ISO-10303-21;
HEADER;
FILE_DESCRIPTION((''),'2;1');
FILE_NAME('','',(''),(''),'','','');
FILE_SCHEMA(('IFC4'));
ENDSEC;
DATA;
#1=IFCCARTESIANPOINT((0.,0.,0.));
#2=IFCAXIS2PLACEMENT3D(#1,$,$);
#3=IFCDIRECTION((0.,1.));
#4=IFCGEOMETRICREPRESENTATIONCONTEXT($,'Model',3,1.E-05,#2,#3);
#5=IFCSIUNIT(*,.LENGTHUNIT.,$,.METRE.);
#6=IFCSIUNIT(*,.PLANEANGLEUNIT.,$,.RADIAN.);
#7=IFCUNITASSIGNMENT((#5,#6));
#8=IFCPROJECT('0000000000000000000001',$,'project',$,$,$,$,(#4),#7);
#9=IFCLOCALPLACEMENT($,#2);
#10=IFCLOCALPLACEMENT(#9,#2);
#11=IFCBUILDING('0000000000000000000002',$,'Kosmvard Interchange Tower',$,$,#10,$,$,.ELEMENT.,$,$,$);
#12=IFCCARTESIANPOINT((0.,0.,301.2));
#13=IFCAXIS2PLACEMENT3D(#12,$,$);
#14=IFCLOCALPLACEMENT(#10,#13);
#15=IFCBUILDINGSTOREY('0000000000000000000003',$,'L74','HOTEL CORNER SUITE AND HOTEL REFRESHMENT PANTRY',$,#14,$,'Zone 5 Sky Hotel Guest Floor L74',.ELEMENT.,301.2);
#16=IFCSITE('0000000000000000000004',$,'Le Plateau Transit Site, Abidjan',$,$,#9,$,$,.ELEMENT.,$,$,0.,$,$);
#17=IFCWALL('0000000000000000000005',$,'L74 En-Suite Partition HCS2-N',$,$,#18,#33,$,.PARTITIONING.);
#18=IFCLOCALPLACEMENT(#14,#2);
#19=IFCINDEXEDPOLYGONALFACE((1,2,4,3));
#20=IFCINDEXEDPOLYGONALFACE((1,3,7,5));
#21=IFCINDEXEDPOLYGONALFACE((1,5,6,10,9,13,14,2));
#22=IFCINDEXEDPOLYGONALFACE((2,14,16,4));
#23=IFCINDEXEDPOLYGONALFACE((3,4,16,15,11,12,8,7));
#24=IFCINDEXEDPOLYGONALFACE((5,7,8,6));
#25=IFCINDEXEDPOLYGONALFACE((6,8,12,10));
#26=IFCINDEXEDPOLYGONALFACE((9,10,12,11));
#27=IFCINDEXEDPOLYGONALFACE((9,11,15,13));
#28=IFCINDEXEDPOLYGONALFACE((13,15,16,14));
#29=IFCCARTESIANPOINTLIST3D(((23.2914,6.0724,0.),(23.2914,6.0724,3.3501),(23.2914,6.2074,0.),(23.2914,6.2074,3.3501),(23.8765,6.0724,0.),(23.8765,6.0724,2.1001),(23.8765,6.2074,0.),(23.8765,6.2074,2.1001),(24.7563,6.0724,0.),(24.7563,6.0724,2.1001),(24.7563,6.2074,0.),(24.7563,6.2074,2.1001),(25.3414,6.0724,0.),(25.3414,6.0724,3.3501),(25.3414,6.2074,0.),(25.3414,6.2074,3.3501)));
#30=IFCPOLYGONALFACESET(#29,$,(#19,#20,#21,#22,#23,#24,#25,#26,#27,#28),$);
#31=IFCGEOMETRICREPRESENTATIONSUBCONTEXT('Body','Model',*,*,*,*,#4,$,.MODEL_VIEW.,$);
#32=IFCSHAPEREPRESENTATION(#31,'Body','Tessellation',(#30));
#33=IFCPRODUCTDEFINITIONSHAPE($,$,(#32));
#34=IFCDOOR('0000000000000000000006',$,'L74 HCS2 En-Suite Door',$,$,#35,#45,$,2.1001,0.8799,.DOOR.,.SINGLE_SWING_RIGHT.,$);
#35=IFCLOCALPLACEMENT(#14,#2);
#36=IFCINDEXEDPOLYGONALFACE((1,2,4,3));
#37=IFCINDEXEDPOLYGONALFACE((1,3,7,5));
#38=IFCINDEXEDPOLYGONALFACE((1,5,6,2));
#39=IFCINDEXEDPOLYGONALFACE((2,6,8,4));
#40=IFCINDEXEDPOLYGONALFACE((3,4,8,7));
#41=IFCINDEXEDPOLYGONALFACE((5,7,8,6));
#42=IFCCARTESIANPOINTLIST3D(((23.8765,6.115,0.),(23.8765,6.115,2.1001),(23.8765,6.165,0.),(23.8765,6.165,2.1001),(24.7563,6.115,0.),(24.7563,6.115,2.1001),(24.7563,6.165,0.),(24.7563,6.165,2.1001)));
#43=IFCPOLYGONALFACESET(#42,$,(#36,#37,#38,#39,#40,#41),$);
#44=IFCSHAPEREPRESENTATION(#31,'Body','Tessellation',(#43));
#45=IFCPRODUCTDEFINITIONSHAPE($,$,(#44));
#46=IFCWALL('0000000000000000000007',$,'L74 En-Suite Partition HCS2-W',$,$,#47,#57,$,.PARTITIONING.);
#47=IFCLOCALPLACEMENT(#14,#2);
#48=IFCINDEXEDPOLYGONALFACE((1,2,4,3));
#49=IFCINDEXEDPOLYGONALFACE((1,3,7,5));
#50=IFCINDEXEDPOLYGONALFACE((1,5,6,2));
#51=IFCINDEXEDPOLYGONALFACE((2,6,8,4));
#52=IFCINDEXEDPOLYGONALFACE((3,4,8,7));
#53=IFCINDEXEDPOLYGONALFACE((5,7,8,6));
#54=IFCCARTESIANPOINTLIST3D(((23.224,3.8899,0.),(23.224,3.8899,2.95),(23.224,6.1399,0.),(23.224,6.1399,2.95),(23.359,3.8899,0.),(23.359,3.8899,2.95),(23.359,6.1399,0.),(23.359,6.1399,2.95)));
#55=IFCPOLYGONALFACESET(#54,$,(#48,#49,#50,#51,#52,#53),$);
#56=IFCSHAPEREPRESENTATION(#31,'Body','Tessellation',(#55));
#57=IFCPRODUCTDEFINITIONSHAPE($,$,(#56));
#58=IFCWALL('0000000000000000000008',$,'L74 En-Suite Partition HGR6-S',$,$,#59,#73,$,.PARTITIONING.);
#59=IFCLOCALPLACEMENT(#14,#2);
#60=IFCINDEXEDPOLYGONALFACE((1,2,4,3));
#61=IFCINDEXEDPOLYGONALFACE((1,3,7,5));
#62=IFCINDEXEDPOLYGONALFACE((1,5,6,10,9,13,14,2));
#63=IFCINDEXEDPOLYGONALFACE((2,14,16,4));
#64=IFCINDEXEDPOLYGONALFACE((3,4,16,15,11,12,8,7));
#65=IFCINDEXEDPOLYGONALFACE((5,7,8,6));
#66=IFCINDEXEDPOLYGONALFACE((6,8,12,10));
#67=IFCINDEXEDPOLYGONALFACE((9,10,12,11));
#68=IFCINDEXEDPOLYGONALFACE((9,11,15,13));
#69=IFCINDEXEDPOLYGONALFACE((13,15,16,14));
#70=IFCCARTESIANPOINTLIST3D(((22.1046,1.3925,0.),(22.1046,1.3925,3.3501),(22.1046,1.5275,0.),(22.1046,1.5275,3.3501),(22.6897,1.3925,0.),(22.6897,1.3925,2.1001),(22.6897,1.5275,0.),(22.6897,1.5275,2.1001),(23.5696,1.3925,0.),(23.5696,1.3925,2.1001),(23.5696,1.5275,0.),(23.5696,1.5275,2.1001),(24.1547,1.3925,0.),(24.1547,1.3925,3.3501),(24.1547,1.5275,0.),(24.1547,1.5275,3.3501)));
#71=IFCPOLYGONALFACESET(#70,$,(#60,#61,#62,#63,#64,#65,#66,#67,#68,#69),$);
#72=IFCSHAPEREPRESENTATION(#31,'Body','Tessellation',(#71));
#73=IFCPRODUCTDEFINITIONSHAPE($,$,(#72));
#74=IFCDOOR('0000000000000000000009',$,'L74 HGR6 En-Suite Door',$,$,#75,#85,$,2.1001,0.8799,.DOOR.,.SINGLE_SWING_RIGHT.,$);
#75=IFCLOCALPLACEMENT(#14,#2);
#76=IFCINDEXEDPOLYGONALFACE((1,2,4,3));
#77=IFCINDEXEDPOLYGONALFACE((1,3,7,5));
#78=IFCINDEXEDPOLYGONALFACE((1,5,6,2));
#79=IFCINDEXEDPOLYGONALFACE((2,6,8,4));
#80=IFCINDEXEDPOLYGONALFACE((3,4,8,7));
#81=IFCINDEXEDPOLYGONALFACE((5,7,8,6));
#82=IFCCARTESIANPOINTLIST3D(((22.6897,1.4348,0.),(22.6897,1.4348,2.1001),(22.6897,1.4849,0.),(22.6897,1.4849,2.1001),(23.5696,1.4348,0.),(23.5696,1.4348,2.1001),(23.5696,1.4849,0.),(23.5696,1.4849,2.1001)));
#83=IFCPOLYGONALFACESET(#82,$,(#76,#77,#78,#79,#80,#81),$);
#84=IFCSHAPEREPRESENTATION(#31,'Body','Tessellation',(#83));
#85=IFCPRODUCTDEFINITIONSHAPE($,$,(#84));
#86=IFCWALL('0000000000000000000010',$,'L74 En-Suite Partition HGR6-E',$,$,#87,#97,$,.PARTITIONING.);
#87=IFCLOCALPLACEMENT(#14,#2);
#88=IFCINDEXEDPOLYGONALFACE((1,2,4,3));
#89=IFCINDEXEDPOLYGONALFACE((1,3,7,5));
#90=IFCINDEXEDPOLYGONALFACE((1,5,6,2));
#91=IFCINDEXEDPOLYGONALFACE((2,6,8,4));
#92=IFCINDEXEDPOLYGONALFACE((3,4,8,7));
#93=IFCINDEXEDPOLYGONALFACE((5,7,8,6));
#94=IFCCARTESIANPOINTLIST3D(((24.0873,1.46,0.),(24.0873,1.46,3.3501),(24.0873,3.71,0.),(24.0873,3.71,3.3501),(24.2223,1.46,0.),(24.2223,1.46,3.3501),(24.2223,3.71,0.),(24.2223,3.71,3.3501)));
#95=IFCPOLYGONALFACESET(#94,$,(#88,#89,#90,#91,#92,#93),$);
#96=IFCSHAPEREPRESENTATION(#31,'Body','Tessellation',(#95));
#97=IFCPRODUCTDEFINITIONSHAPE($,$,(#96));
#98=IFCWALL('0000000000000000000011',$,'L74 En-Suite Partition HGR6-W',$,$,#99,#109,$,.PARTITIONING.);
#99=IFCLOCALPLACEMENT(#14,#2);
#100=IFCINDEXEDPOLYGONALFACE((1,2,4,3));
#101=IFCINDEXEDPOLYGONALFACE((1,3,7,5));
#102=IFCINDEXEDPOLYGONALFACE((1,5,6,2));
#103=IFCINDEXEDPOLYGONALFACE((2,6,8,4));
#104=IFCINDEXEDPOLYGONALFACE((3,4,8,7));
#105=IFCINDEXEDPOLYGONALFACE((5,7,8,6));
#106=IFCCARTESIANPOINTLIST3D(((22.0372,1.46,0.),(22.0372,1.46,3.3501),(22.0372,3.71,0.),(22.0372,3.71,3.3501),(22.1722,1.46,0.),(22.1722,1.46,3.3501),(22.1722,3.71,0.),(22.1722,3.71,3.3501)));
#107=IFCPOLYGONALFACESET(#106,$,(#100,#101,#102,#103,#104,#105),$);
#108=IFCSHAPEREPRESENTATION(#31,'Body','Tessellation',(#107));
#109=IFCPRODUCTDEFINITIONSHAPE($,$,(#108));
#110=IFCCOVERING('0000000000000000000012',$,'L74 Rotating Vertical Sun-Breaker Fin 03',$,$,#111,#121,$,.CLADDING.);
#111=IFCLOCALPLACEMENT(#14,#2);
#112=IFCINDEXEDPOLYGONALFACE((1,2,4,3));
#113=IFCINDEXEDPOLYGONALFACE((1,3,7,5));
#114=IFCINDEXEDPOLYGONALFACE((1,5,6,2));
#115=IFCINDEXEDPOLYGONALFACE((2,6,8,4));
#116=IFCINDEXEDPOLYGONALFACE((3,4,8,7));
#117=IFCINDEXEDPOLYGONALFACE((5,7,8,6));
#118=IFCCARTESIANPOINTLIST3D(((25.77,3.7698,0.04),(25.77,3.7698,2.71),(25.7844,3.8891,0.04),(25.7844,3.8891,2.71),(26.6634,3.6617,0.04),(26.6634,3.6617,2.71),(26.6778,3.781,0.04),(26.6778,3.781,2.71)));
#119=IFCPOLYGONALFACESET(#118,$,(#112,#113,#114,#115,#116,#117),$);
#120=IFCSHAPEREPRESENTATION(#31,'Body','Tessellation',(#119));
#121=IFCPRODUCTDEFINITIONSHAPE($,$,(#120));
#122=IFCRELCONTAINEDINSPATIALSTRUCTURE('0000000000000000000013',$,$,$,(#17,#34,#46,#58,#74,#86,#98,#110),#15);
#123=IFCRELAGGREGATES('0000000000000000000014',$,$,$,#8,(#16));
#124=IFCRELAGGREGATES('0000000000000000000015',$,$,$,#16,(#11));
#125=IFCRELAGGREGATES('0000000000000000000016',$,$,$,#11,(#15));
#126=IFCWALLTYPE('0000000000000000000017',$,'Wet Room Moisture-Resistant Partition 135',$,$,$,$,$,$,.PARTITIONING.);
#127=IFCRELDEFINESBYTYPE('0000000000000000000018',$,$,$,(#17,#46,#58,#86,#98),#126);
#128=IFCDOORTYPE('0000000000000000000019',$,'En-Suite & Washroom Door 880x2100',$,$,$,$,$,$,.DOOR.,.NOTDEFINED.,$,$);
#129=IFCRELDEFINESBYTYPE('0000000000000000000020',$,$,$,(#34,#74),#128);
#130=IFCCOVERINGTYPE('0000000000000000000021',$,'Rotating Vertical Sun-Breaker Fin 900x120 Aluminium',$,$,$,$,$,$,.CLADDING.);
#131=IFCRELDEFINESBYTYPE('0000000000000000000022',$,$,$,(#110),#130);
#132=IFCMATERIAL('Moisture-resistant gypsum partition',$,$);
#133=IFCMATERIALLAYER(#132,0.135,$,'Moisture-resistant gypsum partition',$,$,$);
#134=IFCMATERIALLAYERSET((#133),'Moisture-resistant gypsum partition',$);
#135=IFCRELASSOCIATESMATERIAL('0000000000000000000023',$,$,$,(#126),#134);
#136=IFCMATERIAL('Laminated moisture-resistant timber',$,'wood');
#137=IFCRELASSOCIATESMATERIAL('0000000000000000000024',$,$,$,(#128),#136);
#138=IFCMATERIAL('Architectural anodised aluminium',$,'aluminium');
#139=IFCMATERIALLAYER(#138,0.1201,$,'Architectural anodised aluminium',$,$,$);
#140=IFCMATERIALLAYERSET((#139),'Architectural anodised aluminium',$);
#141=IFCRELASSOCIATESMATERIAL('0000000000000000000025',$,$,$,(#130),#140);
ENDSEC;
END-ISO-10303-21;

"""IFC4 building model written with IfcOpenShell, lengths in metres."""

from ifc_helpers import new_model, si_unit, direction, frame, frame_2d, origin, origin_2d, place, context, subcontext, project, spatial, rectangle, extrude, source, transform, mapped, material, layer, layer_set, type_object, element, fill, save


model = new_model("IFC4")

# Units and contexts
model_context = context("Model", 3, precision=1e-05, world=origin(), true_north=direction((0.0, 1.0)))
body_context = subcontext(model_context, "Body", "Model", "MODEL_VIEW")
ifc_project = project(units=[si_unit("LENGTHUNIT", "METRE"), si_unit("PLANEANGLEUNIT", "RADIAN")], contexts=[model_context])

# Site, building, storey
site_placement = place(None, origin())
site = spatial("IfcSite", under=ifc_project, at=site_placement, Name="Le Plateau Transit Site, Abidjan", CompositionType="ELEMENT", RefElevation=0.0)
building_placement = place(site_placement, origin())
building = spatial("IfcBuilding", under=site, at=building_placement, Name="Kosmvard Interchange Tower", CompositionType="ELEMENT")
storey_placement = place(building_placement, frame((0.0, 0.0, 301.2)))
storey = spatial("IfcBuildingStorey", under=building, at=storey_placement, Name="L74", Description="HOTEL CORNER SUITE AND HOTEL REFRESHMENT PANTRY", LongName="Zone 5 Sky Hotel Guest Floor L74", CompositionType="ELEMENT", Elevation=301.2)

# Shared definitions
ifc_material_1 = material(Name="Moisture-resistant gypsum partition")
ifc_layer_1 = layer(ifc_material_1, 0.135, Name="Moisture-resistant gypsum partition")
ifc_layer_set_1 = layer_set([ifc_layer_1], Name="Moisture-resistant gypsum partition")
wall_type_1 = type_object("IfcWallType", Name="Wet Room Moisture-Resistant Partition 135", PredefinedType="PARTITIONING", material=ifc_layer_set_1)

# Wall, opening, door
wall_1_placement = place(storey_placement, frame((23.2915, 6.1399, 0.0), z_axis=(0.0, 0.0, 1.0), x_axis=(1.0, 0.0, 0.0)))
wall_1 = element("IfcWall", 1, at=wall_1_placement, inside=storey, type_object=wall_type_1, Name="L74 En-Suite Partition HCS2-N", PredefinedType="PARTITIONING", context=body_context, shape_type="SweptSolid", body=[
    extrude(rectangle(XDim=2.05, YDim=0.135, at=frame_2d((1.0249, 0.0))), origin(), (0.0, 0.0, 1.0), 3.3501),
])
opening_1_placement = place(wall_1_placement, frame((0.585, 0.0, 0.0)))
opening_1 = element("IfcOpeningElement", 2, at=opening_1_placement, cuts=wall_1, PredefinedType="OPENING", context=body_context, shape_type="SweptSolid", body=[
    extrude(rectangle(XDim=0.8799, YDim=2.1001, at=frame_2d((0.4399, 1.05))), frame((0.0, 0.0776, 0.0), z_axis=(0.0, -1.0, 0.0), x_axis=(1.0, 0.0, 0.0)), (0.0, 0.0, 1.0), 0.155),
])
ifc_material_2 = material(Name="Laminated moisture-resistant timber", Category="wood")
door_type = type_object("IfcDoorType", Name="En-Suite & Washroom Door 880x2100", OperationType="NOTDEFINED", PredefinedType="DOOR", material=ifc_material_2)
shared_shape_1 = source(origin(), body_context, "Body", "SweptSolid", [
    extrude(rectangle(XDim=0.8799, YDim=2.1001, at=frame_2d((0.4399, 1.05))), frame((0.0, 0.0249, 0.0), z_axis=(0.0, -1.0, 0.0), x_axis=(1.0, 0.0, 0.0)), (0.0, 0.0, 1.0), 0.05),
])
door_1_placement = place(opening_1_placement, frame((0.8799, 0.0, 0.0), z_axis=(0.0, 0.0, 1.0), x_axis=(-1.0, 0.0, 0.0)))
door_1 = element("IfcDoor", 3, at=door_1_placement, inside=storey, type_object=door_type, Name="L74 HCS2 En-Suite Door", OperationType="SINGLE_SWING_RIGHT", OverallHeight=2.1001, OverallWidth=0.8799, PredefinedType="DOOR", context=body_context, shape_type="MappedRepresentation", body=[
    mapped(shared_shape_1, transform((0.0, 0.0, 0.0), scale=1.0)),
])
fill(opening_1, door_1)

# Wall
wall_2_placement = place(storey_placement, frame((23.2915, 3.8899, 0.0), z_axis=(0.0, 0.0, 1.0), x_axis=(0.0, 1.0, 0.0)))
element("IfcWall", 4, at=wall_2_placement, inside=storey, type_object=wall_type_1, Name="L74 En-Suite Partition HCS2-W", PredefinedType="PARTITIONING", context=body_context, shape_type="SweptSolid", body=[
    extrude(rectangle(XDim=2.25, YDim=0.135, at=frame_2d((1.125, 0.0))), origin(), (0.0, 0.0, 1.0), 2.95),
])

# Wall, opening, door
wall_3_placement = place(storey_placement, frame((22.1047, 1.46, 0.0), z_axis=(0.0, 0.0, 1.0), x_axis=(1.0, 0.0, 0.0)))
wall_3 = element("IfcWall", 5, at=wall_3_placement, inside=storey, type_object=wall_type_1, Name="L74 En-Suite Partition HGR6-S", PredefinedType="PARTITIONING", context=body_context, shape_type="SweptSolid", body=[
    extrude(rectangle(XDim=2.05, YDim=0.135, at=frame_2d((1.0249, 0.0))), origin(), (0.0, 0.0, 1.0), 3.3501),
])
opening_2_placement = place(wall_3_placement, frame((0.585, 0.0, 0.0)))
opening_2 = element("IfcOpeningElement", 6, at=opening_2_placement, cuts=wall_3, PredefinedType="OPENING", context=body_context, shape_type="SweptSolid", body=[
    extrude(rectangle(XDim=0.8799, YDim=2.1001, at=frame_2d((0.4399, 1.05))), frame((0.0, 0.0776, 0.0), z_axis=(0.0, -1.0, 0.0), x_axis=(1.0, 0.0, 0.0)), (0.0, 0.0, 1.0), 0.155),
])
door_2_placement = place(opening_2_placement, origin())
door_2 = element("IfcDoor", 7, at=door_2_placement, inside=storey, type_object=door_type, Name="L74 HGR6 En-Suite Door", OperationType="SINGLE_SWING_RIGHT", OverallHeight=2.1001, OverallWidth=0.8799, PredefinedType="DOOR", context=body_context, shape_type="MappedRepresentation", body=[
    mapped(shared_shape_1, transform((0.0, 0.0, 0.0), scale=1.0)),
])
fill(opening_2, door_2)

# Walls
for number, where, z_axis, x_axis, name in (
    (8, (24.1548, 1.46, 0.0), (0.0, 0.0, 1.0), (0.0, 1.0, 0.0), "L74 En-Suite Partition HGR6-E"),
    (9, (22.1047, 1.46, 0.0), (0.0, 0.0, 1.0), (0.0, 1.0, 0.0), "L74 En-Suite Partition HGR6-W"),
):
    element("IfcWall", number, at=place(storey_placement, frame(where, z_axis=z_axis, x_axis=x_axis)), inside=storey, type_object=wall_type_1, Name=name, PredefinedType="PARTITIONING", context=body_context, shape_type="SweptSolid", body=[
        extrude(rectangle(XDim=2.25, YDim=0.135, at=frame_2d((1.125, 0.0))), origin(), (0.0, 0.0, 1.0), 3.3501),
    ])

# Covering
ifc_material_3 = material(Name="Architectural anodised aluminium", Category="aluminium")
ifc_layer_2 = layer(ifc_material_3, 0.1201, Name="Architectural anodised aluminium")
ifc_layer_set_2 = layer_set([ifc_layer_2], Name="Architectural anodised aluminium")
covering_type = type_object("IfcCoveringType", Name="Rotating Vertical Sun-Breaker Fin 900x120 Aluminium", PredefinedType="CLADDING", material=ifc_layer_set_2)
shared_shape_2 = source(origin(), body_context, "Body", "SweptSolid", [
    extrude(rectangle(XDim=0.8999, YDim=0.1201, at=origin_2d()), origin(), (0.0, 0.0, 1.0), 2.6699),
])
covering_placement = place(storey_placement, frame((26.2239, 3.7754, 0.04), z_axis=(0.0, 0.0, 1.0), x_axis=(0.992757, -0.120137, 0.0)))
element("IfcCovering", 10, at=covering_placement, inside=storey, type_object=covering_type, Name="L74 Rotating Vertical Sun-Breaker Fin 03", PredefinedType="CLADDING", context=body_context, shape_type="MappedRepresentation", body=[
    mapped(shared_shape_2, transform((0.0, 0.0, 0.0), scale=1.0)),
])

save(model, "model.ifc")
